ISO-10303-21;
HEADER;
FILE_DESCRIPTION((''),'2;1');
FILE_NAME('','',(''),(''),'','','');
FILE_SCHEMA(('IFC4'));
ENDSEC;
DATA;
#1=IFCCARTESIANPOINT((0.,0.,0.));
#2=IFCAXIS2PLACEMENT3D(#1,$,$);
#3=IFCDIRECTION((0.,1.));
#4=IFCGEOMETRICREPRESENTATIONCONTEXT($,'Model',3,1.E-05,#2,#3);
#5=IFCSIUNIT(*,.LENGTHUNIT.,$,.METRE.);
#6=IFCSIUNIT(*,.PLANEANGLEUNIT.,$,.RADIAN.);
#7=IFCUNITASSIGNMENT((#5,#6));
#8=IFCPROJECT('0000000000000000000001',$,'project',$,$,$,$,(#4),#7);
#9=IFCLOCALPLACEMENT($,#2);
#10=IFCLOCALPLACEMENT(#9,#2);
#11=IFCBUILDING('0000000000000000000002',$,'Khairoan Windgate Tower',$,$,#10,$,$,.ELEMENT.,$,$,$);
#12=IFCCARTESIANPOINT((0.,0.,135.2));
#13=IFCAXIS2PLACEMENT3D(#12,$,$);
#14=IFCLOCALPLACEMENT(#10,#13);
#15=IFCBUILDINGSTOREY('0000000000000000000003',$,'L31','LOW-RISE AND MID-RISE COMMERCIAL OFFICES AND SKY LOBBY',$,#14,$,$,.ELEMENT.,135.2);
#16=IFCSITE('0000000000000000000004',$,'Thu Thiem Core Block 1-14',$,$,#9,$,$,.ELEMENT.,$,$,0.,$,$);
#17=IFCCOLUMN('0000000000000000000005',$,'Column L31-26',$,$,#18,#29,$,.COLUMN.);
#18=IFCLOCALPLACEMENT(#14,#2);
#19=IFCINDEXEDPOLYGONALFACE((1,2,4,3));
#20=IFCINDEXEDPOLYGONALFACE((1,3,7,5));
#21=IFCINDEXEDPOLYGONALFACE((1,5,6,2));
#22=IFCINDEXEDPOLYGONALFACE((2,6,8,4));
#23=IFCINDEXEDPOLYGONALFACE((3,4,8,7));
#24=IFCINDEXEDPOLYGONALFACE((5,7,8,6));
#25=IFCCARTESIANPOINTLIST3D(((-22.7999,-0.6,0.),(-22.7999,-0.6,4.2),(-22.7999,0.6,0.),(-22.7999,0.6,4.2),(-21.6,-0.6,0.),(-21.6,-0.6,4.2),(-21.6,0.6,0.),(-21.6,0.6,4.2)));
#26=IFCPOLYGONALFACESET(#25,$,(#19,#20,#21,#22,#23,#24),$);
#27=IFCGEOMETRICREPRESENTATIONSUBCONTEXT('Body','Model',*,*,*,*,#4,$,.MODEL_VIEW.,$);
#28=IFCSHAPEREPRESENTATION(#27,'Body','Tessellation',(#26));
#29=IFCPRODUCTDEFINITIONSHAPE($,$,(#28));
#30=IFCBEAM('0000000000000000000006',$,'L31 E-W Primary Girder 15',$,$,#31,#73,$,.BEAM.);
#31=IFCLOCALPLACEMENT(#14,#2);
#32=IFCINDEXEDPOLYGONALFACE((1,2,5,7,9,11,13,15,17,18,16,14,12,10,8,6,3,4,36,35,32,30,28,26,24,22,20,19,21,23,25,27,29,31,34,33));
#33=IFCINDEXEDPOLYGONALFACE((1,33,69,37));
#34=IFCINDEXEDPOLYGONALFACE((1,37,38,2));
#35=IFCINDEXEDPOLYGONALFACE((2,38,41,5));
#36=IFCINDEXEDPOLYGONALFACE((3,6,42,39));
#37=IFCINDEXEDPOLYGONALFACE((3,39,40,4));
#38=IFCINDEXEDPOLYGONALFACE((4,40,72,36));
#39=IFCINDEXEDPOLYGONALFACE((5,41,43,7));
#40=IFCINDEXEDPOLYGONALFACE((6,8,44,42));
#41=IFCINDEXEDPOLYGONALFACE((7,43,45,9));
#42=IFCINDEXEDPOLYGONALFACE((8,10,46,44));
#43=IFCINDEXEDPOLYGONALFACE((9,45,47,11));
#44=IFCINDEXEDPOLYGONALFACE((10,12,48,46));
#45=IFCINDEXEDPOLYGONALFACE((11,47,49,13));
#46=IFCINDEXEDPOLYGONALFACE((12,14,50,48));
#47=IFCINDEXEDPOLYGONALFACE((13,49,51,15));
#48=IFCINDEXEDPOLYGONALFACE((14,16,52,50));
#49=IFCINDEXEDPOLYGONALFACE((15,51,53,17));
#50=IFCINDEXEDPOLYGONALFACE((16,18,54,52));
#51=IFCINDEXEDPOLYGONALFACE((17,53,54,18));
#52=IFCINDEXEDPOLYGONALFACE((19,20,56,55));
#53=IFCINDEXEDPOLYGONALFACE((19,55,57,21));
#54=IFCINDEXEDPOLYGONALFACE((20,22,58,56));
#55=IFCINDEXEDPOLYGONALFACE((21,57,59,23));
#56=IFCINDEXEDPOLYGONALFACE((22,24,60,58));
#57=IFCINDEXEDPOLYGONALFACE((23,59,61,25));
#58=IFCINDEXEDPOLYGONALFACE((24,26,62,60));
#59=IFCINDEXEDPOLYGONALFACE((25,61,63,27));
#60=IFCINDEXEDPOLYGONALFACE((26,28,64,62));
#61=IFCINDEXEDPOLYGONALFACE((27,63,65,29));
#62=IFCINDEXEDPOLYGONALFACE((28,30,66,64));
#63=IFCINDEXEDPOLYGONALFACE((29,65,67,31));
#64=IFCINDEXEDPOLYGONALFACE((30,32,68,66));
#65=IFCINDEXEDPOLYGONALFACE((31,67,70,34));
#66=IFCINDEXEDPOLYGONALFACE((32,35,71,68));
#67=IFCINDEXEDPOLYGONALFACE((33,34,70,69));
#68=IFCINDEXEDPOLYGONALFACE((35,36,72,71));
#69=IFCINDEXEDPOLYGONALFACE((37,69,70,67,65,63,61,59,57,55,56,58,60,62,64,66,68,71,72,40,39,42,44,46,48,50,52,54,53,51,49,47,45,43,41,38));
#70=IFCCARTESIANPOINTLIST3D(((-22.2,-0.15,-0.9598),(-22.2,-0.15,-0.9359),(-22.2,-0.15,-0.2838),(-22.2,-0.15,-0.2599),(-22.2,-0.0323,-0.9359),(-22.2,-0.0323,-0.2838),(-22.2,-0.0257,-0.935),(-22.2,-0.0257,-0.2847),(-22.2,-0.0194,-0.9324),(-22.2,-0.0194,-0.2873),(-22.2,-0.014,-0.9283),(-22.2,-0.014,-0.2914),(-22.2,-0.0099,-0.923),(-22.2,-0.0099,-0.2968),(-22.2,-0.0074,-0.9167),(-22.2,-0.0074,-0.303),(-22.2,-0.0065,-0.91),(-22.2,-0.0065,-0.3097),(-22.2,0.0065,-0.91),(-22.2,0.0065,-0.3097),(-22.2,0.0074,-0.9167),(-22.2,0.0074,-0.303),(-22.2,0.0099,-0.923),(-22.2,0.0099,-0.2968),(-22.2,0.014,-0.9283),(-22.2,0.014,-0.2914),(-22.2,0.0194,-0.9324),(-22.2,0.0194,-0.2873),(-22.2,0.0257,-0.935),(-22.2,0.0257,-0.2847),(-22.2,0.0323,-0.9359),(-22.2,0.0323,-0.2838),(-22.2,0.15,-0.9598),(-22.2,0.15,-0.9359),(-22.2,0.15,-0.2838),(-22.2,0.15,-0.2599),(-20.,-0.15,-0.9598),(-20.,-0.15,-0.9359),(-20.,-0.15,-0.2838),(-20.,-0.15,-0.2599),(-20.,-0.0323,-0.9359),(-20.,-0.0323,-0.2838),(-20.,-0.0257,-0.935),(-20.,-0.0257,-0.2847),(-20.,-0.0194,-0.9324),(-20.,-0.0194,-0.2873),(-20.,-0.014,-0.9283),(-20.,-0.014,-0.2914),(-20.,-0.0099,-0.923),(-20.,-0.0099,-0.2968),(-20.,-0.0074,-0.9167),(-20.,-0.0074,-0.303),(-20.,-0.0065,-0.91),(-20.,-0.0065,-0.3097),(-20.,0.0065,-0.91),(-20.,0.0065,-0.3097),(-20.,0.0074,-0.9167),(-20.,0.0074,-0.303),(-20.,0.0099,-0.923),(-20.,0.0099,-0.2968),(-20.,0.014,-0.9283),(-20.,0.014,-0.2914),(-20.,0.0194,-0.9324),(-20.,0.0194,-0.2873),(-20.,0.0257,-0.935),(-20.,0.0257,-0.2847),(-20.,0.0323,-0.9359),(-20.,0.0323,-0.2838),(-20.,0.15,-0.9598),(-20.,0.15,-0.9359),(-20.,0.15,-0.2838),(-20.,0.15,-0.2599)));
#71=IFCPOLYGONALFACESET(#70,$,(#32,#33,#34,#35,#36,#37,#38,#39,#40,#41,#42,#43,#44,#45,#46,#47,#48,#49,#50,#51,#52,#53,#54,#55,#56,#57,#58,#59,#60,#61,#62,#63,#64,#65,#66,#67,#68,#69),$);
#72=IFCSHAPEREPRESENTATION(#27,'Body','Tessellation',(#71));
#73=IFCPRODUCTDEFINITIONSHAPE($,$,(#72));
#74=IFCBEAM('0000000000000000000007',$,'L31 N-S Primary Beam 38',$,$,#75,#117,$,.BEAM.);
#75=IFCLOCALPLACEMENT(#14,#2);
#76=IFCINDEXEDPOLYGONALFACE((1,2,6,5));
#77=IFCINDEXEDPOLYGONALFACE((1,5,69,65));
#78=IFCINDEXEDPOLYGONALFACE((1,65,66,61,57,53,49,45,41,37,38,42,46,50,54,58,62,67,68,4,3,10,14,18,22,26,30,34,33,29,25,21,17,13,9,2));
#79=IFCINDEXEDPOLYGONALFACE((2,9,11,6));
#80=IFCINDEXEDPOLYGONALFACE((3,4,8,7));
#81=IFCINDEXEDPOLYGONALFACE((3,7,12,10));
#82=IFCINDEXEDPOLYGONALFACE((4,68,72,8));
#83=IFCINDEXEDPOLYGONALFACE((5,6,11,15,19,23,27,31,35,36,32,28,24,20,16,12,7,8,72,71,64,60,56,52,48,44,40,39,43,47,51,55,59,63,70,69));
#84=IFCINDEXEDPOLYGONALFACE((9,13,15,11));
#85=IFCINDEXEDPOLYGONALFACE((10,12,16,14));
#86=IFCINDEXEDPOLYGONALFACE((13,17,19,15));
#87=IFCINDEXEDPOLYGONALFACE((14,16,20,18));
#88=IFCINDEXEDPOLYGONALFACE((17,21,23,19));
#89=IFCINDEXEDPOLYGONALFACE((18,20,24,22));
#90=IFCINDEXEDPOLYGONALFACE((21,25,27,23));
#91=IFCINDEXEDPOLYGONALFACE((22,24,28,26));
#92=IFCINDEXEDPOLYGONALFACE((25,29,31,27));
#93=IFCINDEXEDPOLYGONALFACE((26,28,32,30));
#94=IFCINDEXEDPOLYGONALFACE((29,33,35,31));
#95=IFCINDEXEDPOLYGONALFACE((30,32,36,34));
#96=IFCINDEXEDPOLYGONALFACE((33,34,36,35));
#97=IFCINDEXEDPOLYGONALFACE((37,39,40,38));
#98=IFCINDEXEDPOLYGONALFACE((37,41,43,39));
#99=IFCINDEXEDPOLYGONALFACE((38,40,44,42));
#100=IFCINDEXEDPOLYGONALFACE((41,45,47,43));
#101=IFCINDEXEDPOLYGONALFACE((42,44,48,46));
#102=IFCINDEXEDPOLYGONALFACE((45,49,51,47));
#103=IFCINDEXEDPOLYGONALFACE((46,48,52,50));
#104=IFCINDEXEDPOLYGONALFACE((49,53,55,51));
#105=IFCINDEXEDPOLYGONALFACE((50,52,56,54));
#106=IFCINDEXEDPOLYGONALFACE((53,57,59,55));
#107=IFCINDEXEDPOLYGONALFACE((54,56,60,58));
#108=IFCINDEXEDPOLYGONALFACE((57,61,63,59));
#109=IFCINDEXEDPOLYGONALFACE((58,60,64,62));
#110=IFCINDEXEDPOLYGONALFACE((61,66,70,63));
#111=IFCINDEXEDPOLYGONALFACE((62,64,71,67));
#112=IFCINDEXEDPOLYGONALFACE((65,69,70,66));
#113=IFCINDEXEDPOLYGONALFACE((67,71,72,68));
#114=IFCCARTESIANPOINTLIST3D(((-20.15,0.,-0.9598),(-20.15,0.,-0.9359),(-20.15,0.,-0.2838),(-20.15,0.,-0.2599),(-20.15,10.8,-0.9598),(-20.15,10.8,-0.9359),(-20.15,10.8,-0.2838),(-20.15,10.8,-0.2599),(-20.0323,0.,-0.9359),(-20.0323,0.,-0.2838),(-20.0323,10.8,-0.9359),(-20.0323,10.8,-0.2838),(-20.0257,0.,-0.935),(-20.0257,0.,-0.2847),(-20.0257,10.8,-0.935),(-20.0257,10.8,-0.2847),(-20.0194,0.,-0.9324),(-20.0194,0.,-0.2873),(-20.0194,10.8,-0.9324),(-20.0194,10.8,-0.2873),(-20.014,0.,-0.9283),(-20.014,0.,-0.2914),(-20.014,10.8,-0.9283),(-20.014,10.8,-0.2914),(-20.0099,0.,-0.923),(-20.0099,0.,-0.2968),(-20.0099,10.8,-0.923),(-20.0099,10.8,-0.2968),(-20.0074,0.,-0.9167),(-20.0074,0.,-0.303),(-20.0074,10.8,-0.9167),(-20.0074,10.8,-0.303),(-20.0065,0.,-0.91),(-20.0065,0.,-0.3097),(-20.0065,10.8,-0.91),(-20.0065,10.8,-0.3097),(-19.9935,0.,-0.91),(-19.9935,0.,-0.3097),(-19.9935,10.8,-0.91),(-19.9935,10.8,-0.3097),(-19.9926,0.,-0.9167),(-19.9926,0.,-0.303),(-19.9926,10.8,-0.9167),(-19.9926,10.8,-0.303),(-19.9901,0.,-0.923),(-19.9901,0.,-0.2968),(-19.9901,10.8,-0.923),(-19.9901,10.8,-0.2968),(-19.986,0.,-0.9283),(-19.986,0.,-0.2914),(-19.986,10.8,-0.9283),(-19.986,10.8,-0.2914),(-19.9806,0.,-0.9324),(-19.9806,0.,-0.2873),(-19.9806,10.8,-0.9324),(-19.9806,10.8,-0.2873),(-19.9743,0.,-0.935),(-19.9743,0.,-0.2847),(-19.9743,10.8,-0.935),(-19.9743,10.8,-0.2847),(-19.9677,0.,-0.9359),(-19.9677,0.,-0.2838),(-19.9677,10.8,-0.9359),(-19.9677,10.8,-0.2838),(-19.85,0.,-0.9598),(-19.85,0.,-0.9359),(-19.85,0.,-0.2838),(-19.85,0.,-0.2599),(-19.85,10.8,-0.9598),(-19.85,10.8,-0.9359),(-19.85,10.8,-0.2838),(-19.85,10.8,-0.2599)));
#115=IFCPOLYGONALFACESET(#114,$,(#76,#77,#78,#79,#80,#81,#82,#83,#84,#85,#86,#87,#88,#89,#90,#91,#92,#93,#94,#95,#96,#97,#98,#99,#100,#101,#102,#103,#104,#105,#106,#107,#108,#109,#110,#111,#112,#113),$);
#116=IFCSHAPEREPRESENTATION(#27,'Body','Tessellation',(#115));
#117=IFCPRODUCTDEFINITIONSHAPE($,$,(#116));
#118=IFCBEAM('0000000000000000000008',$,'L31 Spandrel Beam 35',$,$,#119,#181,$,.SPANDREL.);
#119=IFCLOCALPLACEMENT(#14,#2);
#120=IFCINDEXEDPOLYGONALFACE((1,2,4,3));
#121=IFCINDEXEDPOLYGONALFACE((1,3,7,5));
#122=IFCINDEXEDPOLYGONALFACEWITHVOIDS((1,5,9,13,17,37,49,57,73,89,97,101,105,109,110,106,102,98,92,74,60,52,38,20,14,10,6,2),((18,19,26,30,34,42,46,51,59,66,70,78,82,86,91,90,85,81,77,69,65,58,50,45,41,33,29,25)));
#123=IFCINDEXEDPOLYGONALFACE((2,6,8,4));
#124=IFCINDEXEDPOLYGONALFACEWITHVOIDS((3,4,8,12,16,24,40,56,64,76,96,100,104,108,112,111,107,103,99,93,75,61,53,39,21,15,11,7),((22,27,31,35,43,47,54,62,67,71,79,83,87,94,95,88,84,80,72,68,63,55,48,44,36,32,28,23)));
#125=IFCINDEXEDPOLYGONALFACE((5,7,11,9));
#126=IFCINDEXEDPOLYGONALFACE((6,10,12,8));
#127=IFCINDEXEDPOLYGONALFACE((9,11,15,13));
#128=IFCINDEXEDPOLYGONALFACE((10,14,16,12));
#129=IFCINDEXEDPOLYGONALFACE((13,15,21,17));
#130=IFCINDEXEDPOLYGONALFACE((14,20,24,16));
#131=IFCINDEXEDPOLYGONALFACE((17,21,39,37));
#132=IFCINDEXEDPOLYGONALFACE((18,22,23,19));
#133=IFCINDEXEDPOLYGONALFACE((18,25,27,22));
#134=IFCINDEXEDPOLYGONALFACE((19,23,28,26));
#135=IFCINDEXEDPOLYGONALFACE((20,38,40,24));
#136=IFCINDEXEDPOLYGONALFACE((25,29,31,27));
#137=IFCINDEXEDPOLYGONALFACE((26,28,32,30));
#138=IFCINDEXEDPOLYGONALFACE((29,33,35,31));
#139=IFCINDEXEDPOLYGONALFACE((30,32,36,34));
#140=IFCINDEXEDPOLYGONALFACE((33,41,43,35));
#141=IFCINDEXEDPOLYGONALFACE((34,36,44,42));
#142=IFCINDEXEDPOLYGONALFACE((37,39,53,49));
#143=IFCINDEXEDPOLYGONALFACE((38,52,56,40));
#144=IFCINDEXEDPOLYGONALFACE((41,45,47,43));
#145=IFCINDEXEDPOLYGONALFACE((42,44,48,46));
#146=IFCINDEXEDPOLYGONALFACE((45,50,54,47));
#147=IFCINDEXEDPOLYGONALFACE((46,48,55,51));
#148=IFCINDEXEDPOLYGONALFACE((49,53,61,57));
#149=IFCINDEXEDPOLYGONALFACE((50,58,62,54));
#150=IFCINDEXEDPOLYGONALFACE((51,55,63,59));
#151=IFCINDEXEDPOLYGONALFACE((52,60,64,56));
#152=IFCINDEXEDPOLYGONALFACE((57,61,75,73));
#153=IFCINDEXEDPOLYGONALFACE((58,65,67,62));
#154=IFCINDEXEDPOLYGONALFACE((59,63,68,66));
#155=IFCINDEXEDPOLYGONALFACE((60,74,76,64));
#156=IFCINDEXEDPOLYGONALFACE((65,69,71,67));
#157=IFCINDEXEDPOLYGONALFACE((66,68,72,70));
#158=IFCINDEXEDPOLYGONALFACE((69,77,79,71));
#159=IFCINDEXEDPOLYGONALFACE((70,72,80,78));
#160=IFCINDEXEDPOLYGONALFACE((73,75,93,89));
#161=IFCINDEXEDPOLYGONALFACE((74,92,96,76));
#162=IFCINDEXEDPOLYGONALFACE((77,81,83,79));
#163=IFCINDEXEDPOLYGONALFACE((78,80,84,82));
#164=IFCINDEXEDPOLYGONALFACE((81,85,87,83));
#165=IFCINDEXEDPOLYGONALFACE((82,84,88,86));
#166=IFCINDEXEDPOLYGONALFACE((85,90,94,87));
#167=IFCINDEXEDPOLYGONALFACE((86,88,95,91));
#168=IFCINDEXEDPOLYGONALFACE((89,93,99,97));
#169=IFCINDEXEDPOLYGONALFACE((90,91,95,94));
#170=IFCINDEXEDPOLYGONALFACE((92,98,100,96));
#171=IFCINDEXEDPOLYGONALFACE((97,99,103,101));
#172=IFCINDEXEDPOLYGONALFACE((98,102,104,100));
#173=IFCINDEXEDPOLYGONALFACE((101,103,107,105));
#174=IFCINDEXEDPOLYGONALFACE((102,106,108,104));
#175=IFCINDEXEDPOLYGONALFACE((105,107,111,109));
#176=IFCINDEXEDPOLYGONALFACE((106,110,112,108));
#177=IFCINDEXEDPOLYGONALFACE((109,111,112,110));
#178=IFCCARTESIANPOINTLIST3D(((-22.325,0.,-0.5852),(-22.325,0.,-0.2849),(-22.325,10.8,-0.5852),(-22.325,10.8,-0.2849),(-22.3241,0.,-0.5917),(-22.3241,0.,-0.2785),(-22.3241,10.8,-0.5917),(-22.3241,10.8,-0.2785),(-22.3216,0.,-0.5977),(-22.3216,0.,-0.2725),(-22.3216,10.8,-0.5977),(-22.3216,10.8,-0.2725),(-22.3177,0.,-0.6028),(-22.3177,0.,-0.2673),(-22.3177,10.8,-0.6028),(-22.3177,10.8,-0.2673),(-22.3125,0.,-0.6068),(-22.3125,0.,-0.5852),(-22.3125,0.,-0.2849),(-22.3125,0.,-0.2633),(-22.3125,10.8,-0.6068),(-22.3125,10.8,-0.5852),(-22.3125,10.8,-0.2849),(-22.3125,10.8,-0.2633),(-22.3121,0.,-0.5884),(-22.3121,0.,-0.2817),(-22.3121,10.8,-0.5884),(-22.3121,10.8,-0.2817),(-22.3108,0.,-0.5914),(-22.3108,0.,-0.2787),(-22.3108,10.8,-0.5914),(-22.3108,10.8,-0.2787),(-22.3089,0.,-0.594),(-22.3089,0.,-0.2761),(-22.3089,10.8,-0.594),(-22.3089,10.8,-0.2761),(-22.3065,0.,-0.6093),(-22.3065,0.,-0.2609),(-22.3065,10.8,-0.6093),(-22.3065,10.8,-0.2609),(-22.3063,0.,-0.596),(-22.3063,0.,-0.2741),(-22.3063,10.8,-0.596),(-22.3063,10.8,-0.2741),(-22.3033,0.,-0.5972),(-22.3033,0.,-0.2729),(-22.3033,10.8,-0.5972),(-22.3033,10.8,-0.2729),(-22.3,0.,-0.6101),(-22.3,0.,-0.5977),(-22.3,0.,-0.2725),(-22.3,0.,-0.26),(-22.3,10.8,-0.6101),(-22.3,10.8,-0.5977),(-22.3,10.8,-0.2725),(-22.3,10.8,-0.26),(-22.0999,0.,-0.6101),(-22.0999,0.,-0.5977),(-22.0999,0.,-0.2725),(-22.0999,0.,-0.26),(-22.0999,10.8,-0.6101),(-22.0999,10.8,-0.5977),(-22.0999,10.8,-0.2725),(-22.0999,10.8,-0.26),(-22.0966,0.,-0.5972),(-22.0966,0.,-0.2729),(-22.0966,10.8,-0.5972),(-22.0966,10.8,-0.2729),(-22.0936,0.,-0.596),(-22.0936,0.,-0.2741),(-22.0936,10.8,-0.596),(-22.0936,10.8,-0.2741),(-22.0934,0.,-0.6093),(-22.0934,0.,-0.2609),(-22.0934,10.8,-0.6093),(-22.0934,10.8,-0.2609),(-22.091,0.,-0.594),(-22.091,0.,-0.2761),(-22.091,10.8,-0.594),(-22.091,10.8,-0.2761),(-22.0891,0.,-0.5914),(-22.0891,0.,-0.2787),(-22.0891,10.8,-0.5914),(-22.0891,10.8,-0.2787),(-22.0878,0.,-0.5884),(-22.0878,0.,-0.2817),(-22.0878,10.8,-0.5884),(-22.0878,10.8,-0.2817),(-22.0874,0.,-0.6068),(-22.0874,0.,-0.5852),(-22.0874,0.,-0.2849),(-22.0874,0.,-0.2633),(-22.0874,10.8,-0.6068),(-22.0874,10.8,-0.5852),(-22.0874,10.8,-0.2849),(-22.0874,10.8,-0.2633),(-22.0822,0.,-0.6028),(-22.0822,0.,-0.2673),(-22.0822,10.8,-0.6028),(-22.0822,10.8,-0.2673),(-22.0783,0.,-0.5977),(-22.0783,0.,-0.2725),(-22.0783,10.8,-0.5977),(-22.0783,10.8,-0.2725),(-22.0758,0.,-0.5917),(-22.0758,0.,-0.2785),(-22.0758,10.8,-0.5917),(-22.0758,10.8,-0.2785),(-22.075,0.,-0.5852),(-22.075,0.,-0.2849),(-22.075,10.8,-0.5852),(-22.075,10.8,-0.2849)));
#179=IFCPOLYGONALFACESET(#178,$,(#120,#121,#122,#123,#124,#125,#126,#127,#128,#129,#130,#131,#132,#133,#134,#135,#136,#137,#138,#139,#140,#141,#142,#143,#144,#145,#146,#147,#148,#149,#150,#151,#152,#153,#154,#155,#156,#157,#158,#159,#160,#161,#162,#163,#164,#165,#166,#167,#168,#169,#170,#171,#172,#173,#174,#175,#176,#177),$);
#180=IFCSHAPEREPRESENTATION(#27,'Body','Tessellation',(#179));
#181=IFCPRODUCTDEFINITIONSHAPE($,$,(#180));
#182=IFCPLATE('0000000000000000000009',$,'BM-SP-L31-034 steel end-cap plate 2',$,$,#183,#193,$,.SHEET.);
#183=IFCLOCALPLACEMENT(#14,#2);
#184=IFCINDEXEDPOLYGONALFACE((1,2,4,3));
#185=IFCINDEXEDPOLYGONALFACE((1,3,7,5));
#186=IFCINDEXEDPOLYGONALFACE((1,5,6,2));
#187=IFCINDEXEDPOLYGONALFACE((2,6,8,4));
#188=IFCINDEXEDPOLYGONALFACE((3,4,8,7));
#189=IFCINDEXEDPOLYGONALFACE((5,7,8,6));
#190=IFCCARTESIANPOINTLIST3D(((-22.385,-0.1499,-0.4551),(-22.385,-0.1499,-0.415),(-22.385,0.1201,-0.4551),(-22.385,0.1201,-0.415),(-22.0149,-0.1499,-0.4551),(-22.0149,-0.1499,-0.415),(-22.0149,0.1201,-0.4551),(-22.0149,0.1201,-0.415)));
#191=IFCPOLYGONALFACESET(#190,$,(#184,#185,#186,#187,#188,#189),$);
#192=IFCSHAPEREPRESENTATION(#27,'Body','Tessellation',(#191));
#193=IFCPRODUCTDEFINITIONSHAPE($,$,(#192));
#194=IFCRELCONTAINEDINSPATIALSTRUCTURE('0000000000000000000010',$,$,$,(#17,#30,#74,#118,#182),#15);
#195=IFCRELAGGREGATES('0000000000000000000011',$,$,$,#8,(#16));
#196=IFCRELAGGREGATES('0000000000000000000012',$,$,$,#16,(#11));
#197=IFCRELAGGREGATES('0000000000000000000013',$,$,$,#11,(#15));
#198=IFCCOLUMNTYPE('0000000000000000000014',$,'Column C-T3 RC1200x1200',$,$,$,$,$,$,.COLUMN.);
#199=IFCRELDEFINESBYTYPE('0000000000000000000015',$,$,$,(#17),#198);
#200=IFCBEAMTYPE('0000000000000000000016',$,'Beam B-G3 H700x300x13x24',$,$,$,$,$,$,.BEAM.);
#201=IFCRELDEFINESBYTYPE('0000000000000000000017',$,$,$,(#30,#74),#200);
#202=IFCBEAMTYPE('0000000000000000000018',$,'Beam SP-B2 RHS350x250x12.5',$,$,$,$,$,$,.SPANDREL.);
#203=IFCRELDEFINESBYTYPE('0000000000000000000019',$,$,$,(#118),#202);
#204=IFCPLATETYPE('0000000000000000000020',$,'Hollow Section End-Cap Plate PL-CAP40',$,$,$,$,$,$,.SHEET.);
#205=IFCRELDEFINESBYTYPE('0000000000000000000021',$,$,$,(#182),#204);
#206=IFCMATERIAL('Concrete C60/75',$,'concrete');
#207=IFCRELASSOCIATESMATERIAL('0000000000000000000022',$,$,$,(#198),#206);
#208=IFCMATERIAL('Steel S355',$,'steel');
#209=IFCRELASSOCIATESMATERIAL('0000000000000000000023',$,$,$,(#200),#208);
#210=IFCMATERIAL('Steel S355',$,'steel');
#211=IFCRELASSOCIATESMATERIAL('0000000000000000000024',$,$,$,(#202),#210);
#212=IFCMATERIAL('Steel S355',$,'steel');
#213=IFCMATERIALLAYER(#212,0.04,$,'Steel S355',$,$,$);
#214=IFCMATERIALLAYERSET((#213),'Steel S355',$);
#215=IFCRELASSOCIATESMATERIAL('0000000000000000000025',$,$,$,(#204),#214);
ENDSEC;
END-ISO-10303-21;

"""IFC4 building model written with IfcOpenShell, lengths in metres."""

from ifc_helpers import new_model, si_unit, direction, frame, origin, origin_2d, place, context, subcontext, project, spatial, rectangle, hollow_rectangle, i_section, extrude, material, layer, layer_set, material_profile, profile_set, type_object, element, save


model = new_model("IFC4")

# Units and contexts
model_context = context("Model", 3, precision=1e-05, world=origin(), true_north=direction((0.0, 1.0)))
body_context = subcontext(model_context, "Body", "Model", "MODEL_VIEW")
ifc_project = project(units=[si_unit("LENGTHUNIT", "METRE"), si_unit("PLANEANGLEUNIT", "RADIAN")], contexts=[model_context])

# Site, building, storey
site_placement = place(None, origin())
site = spatial("IfcSite", under=ifc_project, at=site_placement, Name="Thu Thiem Core Block 1-14", CompositionType="ELEMENT", RefElevation=0.0)
building_placement = place(site_placement, origin())
building = spatial("IfcBuilding", under=site, at=building_placement, Name="Khairoan Windgate Tower", CompositionType="ELEMENT")
storey_placement = place(building_placement, frame((0.0, 0.0, 135.2)))
storey = spatial("IfcBuildingStorey", under=building, at=storey_placement, Name="L31", Description="LOW-RISE AND MID-RISE COMMERCIAL OFFICES AND SKY LOBBY", CompositionType="ELEMENT", Elevation=135.2)

# Column
ifc_material_1 = material(Name="Concrete C60/75", Category="concrete")
ifc_material_profile_1 = material_profile(ifc_material_1, rectangle(XDim=1.2, YDim=1.2, at=origin_2d()))
ifc_profile_set_1 = profile_set([ifc_material_profile_1], Name="Concrete C60/75")
column_type = type_object("IfcColumnType", Name="Column C-T3 RC1200x1200", PredefinedType="COLUMN", material=ifc_profile_set_1)
column_placement = place(storey_placement, frame((-22.2, 0.0, 0.0), z_axis=(0.0, 0.0, 1.0), x_axis=(1.0, 0.0, 0.0)))
element("IfcColumn", 1, at=column_placement, inside=storey, type_object=column_type, Name="Column L31-26", PredefinedType="COLUMN", context=body_context, shape_type="SweptSolid", body=[
    extrude(rectangle(XDim=1.2, YDim=1.2, at=origin_2d()), origin(), (0.0, 0.0, 1.0), 4.2),
])

# Beams
ifc_material_2 = material(Name="Steel S355", Category="steel")
ifc_material_profile_2 = material_profile(ifc_material_2, i_section(OverallWidth=0.3, OverallDepth=0.7, WebThickness=0.0129, FlangeThickness=0.0239, FilletRadius=0.0259, at=origin_2d()))
ifc_profile_set_2 = profile_set([ifc_material_profile_2], Name="Steel S355")
beam_type_1 = type_object("IfcBeamType", Name="Beam B-G3 H700x300x13x24", PredefinedType="BEAM", material=ifc_profile_set_2)
beam_1_placement = place(storey_placement, frame((-22.2, 0.0, -0.6099), z_axis=(1.0, 0.0, 0.0), x_axis=(0.0, 1.0, 0.0)))
element("IfcBeam", 2, at=beam_1_placement, inside=storey, type_object=beam_type_1, Name="L31 E-W Primary Girder 15", PredefinedType="BEAM", context=body_context, shape_type="SweptSolid", body=[
    extrude(i_section(OverallWidth=0.3, OverallDepth=0.7, WebThickness=0.0129, FlangeThickness=0.0239, FilletRadius=0.0259, at=origin_2d()), origin(), (0.0, 0.0, 1.0), 2.2),
])
beam_2_placement = place(storey_placement, frame((-20.0, 0.0, -0.6099), z_axis=(0.0, 1.0, 0.0), x_axis=(-1.0, 0.0, 0.0)))
element("IfcBeam", 3, at=beam_2_placement, inside=storey, type_object=beam_type_1, Name="L31 N-S Primary Beam 38", PredefinedType="BEAM", context=body_context, shape_type="SweptSolid", body=[
    extrude(i_section(OverallWidth=0.3, OverallDepth=0.7, WebThickness=0.0129, FlangeThickness=0.0239, FilletRadius=0.0259, at=origin_2d()), origin(), (0.0, 0.0, 1.0), 10.8),
])
ifc_material_3 = material(Name="Steel S355", Category="steel")
ifc_material_profile_3 = material_profile(ifc_material_3, hollow_rectangle(XDim=0.25, YDim=0.3501, WallThickness=0.0125, InnerFilletRadius=0.0125, OuterFilletRadius=0.0249, at=origin_2d()))
ifc_profile_set_3 = profile_set([ifc_material_profile_3], Name="Steel S355")
beam_type_2 = type_object("IfcBeamType", Name="Beam SP-B2 RHS350x250x12.5", PredefinedType="SPANDREL", material=ifc_profile_set_3)
beam_3_placement = place(storey_placement, frame((-22.2, 0.0, -0.4351), z_axis=(0.0, 1.0, 0.0), x_axis=(-1.0, 0.0, 0.0)))
element("IfcBeam", 4, at=beam_3_placement, inside=storey, type_object=beam_type_2, Name="L31 Spandrel Beam 35", PredefinedType="SPANDREL", context=body_context, shape_type="SweptSolid", body=[
    extrude(hollow_rectangle(XDim=0.25, YDim=0.3501, WallThickness=0.0125, InnerFilletRadius=0.0125, OuterFilletRadius=0.0249, at=origin_2d()), origin(), (0.0, 0.0, 1.0), 10.8),
])

# Plate
ifc_material_4 = material(Name="Steel S355", Category="steel")
ifc_layer_1 = layer(ifc_material_4, 0.04, Name="Steel S355")
ifc_layer_set_1 = layer_set([ifc_layer_1], Name="Steel S355")
plate_type = type_object("IfcPlateType", Name="Hollow Section End-Cap Plate PL-CAP40", PredefinedType="SHEET", material=ifc_layer_set_1)
plate_placement = place(storey_placement, frame((-22.2, -0.0149, -0.4551), z_axis=(0.0, 0.0, 1.0), x_axis=(0.0, 1.0, 0.0)))
element("IfcPlate", 5, at=plate_placement, inside=storey, type_object=plate_type, Name="BM-SP-L31-034 steel end-cap plate 2", PredefinedType="SHEET", context=body_context, shape_type="SweptSolid", body=[
    extrude(rectangle(XDim=0.27, YDim=0.3701, at=origin_2d()), origin(), (0.0, 0.0, 1.0), 0.04),
])

save(model, "model.ifc")
